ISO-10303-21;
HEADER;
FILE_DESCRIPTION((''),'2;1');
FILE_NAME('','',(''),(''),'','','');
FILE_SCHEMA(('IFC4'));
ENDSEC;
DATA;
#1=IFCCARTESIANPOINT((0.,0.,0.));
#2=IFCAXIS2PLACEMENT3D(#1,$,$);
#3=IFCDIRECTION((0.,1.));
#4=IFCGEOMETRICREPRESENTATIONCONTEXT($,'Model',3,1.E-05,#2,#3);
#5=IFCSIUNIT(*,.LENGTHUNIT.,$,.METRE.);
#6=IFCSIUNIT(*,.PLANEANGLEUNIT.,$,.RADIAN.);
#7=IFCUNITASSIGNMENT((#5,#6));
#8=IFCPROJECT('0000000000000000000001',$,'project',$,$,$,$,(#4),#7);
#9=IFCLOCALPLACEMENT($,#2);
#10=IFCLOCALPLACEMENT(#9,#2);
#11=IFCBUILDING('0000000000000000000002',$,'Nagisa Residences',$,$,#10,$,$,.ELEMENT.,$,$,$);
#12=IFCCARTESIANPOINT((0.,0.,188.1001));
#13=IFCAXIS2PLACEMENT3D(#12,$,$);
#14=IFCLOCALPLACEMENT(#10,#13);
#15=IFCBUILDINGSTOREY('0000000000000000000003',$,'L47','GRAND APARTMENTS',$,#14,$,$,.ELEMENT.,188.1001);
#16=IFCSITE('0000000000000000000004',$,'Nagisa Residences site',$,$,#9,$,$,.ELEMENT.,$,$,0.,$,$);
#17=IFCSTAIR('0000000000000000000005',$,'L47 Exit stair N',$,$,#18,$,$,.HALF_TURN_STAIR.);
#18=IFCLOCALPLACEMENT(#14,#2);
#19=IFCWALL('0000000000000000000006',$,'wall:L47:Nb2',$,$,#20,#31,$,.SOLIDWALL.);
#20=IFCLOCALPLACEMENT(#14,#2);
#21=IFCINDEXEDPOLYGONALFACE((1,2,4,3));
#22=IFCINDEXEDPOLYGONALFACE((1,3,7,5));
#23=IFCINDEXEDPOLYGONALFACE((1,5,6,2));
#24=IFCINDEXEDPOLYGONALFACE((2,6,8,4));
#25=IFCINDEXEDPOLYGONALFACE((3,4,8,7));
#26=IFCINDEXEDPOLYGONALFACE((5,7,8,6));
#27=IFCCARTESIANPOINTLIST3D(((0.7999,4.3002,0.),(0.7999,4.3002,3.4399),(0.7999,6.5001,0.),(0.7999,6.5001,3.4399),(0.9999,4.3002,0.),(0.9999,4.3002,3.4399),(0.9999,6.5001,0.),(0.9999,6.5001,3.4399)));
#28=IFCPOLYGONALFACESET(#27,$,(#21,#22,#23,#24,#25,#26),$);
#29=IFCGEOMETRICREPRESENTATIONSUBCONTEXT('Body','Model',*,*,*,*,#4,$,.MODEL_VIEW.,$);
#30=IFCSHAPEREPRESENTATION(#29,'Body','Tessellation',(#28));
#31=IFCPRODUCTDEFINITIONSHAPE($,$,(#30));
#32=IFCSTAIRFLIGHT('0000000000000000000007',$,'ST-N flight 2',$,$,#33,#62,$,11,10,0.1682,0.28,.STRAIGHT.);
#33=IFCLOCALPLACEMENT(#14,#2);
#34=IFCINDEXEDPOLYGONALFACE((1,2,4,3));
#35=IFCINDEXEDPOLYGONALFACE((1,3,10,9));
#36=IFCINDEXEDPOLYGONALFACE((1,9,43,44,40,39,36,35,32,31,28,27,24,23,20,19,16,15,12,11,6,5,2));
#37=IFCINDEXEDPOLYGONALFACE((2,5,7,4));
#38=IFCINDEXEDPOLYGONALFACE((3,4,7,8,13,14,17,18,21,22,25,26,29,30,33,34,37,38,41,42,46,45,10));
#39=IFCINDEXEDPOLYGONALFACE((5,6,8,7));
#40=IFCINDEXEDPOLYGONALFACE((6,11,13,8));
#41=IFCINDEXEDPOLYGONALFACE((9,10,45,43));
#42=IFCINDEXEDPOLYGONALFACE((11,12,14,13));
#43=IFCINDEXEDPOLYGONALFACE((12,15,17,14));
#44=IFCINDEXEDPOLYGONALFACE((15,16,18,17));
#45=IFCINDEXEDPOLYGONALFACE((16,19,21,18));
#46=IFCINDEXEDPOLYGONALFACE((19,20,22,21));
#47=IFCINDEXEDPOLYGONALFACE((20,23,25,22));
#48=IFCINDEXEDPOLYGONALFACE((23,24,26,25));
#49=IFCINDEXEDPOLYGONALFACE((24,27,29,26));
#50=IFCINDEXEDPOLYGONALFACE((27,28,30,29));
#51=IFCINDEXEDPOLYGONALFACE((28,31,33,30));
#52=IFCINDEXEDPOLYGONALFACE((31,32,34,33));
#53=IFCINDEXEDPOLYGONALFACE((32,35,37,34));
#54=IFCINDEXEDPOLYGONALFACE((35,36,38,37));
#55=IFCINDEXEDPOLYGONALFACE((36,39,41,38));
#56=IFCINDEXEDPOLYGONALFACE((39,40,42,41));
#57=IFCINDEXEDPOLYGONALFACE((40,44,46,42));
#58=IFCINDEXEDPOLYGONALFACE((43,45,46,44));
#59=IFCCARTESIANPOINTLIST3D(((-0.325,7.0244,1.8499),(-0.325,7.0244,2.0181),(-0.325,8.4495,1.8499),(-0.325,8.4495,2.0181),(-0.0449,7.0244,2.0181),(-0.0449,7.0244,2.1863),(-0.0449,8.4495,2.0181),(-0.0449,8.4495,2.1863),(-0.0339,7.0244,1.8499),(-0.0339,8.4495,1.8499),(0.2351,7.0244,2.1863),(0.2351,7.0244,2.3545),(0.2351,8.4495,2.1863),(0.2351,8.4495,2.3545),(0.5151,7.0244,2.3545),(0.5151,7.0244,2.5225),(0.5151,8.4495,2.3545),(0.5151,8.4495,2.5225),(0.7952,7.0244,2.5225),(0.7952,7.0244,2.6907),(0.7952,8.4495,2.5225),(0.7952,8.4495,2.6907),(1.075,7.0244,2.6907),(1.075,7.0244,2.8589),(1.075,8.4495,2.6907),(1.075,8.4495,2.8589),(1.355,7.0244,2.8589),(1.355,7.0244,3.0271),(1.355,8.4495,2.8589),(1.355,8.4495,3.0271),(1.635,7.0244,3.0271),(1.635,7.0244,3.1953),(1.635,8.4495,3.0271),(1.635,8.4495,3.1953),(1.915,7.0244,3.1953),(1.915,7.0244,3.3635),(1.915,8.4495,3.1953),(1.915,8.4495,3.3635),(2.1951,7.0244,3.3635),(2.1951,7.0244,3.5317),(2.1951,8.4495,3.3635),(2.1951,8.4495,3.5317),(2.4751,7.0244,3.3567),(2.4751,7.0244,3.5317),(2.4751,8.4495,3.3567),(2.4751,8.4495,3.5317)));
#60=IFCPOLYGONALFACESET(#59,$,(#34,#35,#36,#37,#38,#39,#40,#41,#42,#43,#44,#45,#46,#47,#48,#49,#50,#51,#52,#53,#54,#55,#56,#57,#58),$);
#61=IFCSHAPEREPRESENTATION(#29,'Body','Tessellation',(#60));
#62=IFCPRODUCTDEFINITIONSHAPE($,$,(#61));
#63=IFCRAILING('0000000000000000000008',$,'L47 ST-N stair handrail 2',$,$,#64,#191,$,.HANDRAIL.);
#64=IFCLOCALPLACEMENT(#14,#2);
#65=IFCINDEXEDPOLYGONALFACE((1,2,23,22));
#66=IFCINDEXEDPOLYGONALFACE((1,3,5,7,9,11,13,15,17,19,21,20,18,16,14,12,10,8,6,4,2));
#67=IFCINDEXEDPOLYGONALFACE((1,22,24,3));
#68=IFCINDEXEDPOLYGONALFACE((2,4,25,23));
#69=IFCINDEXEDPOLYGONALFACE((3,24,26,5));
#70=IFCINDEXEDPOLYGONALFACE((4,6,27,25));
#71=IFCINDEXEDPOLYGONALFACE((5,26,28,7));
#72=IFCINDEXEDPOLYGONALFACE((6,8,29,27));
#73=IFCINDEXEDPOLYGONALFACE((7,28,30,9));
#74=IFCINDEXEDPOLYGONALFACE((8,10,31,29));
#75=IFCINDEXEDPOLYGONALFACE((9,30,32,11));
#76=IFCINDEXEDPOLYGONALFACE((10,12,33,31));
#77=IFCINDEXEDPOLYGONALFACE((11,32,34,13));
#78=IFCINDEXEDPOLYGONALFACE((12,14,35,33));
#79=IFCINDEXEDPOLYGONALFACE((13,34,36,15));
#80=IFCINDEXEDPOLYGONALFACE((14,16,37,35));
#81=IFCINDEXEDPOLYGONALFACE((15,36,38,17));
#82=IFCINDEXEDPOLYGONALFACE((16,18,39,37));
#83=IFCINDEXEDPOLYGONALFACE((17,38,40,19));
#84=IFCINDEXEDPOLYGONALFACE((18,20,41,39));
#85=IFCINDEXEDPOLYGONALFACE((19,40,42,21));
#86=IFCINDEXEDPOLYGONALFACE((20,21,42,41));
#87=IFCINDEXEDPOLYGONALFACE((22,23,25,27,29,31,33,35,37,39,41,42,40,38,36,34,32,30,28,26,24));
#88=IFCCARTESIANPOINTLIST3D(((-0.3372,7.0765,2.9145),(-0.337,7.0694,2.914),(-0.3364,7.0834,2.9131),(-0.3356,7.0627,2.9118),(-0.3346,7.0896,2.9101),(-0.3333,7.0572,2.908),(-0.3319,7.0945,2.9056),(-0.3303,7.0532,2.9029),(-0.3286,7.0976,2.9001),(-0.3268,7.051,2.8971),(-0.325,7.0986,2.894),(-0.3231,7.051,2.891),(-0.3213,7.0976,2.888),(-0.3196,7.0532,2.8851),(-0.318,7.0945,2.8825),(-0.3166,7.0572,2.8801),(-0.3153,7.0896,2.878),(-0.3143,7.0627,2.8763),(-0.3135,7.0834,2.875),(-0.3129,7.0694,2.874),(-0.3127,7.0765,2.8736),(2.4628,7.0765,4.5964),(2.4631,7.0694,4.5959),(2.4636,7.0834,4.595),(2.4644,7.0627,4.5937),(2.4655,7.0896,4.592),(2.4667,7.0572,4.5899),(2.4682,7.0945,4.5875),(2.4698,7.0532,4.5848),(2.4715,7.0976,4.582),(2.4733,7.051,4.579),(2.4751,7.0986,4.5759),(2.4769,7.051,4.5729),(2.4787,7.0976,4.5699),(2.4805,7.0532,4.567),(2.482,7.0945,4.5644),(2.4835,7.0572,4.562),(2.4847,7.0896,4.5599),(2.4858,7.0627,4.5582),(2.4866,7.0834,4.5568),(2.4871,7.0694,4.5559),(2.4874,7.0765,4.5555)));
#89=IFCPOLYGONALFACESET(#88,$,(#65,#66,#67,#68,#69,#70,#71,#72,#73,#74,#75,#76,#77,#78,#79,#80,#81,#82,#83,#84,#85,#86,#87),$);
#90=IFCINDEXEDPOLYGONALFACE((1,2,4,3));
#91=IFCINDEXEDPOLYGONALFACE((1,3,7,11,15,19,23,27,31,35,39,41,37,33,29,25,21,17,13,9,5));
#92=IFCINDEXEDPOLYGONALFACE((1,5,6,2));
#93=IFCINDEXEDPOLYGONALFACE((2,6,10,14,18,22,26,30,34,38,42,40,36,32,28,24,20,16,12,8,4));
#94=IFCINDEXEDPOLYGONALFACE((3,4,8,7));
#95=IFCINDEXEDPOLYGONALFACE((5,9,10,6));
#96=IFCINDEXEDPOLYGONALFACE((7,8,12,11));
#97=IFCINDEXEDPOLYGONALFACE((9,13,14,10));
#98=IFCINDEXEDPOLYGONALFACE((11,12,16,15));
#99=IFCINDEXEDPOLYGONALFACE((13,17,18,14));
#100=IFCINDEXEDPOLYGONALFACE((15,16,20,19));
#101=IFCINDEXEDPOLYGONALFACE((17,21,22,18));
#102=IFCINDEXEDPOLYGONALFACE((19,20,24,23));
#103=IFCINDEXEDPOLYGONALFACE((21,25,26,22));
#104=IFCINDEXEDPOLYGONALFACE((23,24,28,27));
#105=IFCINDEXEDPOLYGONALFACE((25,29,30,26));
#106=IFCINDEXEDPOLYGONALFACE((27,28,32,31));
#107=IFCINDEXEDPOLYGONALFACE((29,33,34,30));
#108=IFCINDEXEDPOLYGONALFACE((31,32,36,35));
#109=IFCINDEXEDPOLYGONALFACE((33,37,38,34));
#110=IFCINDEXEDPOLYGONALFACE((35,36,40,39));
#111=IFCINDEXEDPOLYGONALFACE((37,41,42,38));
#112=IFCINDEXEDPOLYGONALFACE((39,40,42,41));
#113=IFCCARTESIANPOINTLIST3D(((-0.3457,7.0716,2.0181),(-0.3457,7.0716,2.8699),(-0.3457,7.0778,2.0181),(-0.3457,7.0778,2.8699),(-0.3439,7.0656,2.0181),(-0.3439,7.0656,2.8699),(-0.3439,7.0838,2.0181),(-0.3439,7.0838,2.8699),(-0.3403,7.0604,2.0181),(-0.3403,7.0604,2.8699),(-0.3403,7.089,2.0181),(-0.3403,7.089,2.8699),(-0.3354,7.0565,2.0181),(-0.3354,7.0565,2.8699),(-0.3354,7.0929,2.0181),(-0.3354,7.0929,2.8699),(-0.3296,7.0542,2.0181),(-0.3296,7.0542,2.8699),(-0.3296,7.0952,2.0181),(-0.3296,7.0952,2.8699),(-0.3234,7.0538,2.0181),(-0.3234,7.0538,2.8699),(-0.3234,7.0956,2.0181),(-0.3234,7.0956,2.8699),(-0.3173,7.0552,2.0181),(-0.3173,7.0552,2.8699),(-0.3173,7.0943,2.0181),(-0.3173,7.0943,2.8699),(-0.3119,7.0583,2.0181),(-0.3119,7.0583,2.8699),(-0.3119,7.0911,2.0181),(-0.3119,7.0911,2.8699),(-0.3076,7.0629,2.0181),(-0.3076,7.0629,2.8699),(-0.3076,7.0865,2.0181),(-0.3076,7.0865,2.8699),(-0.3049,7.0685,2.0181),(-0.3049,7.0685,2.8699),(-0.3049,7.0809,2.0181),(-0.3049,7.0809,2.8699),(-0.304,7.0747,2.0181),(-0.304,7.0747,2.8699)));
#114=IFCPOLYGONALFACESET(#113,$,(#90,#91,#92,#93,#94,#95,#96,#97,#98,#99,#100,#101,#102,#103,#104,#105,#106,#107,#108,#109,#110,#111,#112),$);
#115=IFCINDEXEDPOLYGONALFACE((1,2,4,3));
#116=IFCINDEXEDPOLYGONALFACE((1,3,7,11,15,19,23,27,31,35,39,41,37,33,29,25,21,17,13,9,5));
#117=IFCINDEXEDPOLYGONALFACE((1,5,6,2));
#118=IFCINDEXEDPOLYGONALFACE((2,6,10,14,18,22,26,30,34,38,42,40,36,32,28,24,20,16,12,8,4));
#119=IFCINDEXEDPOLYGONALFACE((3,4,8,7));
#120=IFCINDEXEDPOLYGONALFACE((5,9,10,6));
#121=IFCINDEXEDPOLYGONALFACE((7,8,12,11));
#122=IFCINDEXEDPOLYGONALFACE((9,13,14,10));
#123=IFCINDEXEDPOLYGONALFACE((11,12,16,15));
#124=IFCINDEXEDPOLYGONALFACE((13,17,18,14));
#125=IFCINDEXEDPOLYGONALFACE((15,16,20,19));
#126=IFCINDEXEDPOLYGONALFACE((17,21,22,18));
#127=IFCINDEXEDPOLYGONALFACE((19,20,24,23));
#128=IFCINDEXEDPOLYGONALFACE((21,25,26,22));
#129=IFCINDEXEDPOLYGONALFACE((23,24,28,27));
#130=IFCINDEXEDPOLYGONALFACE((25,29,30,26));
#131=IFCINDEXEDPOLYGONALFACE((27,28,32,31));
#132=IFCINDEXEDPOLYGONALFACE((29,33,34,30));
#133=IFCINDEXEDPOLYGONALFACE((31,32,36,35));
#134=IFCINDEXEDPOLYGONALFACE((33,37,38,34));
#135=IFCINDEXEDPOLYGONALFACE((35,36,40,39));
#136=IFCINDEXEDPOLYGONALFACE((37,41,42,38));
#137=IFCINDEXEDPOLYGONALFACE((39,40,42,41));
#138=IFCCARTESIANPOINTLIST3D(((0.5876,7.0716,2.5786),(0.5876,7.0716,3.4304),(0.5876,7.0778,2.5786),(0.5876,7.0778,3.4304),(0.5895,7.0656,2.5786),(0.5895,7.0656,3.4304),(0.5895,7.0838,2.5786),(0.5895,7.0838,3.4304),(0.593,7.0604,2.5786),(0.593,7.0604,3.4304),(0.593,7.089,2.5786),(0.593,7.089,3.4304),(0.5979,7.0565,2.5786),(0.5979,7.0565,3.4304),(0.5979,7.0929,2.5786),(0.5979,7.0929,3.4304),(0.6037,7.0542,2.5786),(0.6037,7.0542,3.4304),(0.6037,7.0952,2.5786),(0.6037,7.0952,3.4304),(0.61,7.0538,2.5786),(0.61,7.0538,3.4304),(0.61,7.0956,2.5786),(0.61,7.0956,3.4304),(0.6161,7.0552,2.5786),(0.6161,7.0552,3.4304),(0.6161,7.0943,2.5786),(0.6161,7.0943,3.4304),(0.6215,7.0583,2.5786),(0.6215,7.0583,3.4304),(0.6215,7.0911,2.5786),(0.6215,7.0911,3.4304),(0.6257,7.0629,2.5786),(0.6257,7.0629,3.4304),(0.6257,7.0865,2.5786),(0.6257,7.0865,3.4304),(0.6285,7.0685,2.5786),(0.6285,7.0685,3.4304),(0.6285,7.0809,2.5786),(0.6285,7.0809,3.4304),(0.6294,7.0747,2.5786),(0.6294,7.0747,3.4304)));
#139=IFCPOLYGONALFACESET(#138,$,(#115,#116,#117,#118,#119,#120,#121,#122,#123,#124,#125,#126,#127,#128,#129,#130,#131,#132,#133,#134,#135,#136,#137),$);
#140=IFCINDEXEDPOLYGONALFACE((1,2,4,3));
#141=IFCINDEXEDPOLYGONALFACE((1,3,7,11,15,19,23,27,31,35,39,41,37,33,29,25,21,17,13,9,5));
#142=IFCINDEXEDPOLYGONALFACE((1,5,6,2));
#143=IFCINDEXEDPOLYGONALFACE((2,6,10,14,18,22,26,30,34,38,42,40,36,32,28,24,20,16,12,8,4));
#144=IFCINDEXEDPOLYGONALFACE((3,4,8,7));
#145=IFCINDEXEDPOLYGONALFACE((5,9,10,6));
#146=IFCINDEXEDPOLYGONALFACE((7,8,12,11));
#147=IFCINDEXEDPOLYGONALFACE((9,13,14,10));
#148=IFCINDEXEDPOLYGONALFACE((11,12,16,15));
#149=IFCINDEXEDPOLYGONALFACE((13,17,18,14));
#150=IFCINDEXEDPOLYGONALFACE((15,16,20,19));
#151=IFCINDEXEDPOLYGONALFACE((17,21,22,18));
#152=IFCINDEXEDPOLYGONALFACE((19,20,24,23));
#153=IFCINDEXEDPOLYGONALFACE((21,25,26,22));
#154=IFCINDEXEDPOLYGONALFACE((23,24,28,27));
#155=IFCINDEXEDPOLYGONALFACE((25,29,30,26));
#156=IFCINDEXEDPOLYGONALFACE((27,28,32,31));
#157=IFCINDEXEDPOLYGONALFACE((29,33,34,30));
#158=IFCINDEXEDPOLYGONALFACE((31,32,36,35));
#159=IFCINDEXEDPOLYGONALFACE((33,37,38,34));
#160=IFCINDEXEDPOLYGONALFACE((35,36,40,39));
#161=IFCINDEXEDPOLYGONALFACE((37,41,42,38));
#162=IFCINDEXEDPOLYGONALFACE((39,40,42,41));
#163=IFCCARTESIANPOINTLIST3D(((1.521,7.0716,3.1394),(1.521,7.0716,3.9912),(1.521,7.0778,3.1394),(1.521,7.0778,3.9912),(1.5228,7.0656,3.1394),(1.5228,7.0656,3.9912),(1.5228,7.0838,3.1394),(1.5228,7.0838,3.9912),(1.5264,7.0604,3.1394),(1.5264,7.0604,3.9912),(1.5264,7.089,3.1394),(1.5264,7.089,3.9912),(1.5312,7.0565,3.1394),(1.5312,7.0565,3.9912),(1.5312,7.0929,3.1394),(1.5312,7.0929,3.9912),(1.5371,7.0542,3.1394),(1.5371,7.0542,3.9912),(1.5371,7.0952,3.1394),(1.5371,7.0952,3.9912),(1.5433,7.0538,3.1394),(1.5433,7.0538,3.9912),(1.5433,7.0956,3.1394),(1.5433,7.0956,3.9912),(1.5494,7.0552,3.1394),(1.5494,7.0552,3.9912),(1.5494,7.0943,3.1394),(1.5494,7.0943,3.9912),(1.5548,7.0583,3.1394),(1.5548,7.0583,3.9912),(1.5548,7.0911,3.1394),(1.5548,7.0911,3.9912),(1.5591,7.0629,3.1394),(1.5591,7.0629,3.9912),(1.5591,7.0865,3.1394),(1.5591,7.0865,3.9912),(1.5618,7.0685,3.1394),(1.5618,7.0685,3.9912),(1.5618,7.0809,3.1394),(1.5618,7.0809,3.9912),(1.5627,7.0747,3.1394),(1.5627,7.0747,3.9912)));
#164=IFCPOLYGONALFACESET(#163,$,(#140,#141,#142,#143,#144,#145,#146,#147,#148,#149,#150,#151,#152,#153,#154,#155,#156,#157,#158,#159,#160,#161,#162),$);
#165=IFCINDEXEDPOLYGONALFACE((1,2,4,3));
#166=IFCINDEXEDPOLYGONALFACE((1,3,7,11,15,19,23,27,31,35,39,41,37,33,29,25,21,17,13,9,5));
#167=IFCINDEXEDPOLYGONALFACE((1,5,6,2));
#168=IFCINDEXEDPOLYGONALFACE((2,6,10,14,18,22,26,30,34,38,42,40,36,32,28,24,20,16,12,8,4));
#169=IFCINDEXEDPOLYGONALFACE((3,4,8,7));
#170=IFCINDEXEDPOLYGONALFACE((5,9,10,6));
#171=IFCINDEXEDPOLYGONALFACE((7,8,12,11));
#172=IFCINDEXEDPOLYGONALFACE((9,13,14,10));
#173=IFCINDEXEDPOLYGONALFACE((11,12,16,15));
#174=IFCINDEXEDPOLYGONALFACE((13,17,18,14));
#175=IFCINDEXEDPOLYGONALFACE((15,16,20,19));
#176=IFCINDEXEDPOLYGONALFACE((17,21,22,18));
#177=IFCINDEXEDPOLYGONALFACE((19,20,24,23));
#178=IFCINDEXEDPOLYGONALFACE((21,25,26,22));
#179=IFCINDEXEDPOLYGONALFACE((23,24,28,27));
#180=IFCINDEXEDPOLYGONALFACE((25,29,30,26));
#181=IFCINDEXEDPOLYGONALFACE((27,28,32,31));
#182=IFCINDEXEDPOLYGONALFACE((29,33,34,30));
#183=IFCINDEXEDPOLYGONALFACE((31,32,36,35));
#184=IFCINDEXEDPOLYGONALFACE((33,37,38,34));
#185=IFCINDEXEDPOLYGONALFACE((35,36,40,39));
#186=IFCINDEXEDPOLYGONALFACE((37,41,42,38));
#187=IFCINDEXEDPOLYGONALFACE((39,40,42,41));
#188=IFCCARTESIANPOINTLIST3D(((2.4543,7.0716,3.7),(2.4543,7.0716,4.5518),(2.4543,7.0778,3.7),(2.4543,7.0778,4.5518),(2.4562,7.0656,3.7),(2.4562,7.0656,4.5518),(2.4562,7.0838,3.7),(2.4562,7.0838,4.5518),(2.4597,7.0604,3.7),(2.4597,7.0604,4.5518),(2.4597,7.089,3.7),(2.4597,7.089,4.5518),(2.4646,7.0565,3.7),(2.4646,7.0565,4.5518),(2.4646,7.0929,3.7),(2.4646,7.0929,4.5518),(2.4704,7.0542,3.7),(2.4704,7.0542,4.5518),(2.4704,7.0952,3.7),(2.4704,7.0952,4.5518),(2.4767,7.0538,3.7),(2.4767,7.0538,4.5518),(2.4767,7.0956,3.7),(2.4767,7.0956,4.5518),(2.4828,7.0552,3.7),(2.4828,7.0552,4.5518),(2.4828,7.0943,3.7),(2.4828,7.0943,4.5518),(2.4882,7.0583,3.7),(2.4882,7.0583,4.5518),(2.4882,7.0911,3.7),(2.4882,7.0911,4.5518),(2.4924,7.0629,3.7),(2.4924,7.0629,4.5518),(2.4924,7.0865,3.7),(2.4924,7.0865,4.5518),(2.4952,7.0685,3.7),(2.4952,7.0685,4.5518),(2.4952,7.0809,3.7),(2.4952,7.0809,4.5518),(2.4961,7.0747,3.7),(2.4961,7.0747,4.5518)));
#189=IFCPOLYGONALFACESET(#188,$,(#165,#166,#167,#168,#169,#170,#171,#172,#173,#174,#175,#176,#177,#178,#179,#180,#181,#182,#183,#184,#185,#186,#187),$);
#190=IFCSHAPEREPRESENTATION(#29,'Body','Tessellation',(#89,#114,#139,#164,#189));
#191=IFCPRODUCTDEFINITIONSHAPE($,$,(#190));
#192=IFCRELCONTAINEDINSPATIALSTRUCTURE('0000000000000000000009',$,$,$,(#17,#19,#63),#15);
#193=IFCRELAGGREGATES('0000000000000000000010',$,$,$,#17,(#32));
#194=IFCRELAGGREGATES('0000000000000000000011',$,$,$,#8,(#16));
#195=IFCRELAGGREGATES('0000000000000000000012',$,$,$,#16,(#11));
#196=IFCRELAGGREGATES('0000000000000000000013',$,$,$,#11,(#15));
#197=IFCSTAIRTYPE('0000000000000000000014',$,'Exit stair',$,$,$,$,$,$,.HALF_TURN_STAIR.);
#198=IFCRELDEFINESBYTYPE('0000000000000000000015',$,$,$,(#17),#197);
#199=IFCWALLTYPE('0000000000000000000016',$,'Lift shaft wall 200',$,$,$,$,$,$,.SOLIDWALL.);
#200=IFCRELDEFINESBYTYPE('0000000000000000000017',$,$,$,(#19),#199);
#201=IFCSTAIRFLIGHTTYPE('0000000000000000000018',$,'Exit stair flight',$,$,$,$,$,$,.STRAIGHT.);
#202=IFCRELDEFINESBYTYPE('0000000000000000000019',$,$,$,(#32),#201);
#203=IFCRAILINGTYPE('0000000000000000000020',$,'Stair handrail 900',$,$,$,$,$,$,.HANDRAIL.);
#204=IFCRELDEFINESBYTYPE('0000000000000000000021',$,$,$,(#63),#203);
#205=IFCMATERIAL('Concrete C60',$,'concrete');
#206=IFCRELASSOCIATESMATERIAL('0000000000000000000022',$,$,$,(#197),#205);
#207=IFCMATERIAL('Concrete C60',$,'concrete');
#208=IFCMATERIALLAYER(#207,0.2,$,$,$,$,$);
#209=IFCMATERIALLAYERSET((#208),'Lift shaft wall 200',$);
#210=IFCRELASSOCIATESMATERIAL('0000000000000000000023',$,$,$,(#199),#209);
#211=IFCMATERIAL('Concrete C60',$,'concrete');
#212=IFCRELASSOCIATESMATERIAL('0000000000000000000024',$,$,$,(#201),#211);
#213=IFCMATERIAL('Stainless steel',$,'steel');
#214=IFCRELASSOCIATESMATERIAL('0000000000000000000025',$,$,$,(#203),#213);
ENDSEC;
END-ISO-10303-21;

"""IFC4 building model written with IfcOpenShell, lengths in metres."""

from ifc_helpers import new_model, si_unit, direction, frame, frame_2d, origin, origin_2d, place, context, subcontext, project, spatial, polyline, rectangle, circle, outline, extrude, material, layer, layer_set, type_object, element, aggregate, save


model = new_model("IFC4")

# Units and contexts
model_context = context("Model", 3, precision=1e-05, world=origin(), true_north=direction((0.0, 1.0)))
body_context = subcontext(model_context, "Body", "Model", "MODEL_VIEW")
ifc_project = project(units=[si_unit("LENGTHUNIT", "METRE"), si_unit("PLANEANGLEUNIT", "RADIAN")], contexts=[model_context])

# Site, building, storey
site_placement = place(None, origin())
site = spatial("IfcSite", under=ifc_project, at=site_placement, Name="Nagisa Residences site", CompositionType="ELEMENT", RefElevation=0.0)
building_placement = place(site_placement, origin())
building = spatial("IfcBuilding", under=site, at=building_placement, Name="Nagisa Residences", CompositionType="ELEMENT")
storey_placement = place(building_placement, frame((0.0, 0.0, 188.1001)))
storey = spatial("IfcBuildingStorey", under=building, at=storey_placement, Name="L47", Description="GRAND APARTMENTS", CompositionType="ELEMENT", Elevation=188.1001)

# Stair
ifc_material_1 = material(Name="Concrete C60", Category="concrete")
stair_type = type_object("IfcStairType", Name="Exit stair", PredefinedType="HALF_TURN_STAIR", material=ifc_material_1)
stair_1_placement = place(storey_placement, origin())
stair_1 = element("IfcStair", 1, at=stair_1_placement, inside=storey, type_object=stair_type, Name="L47 Exit stair N", PredefinedType="HALF_TURN_STAIR")

# Shared definitions
ifc_material_2 = material(Name="Concrete C60", Category="concrete")
ifc_layer_1 = layer(ifc_material_2, 0.2)
ifc_layer_set_1 = layer_set([ifc_layer_1], Name="Lift shaft wall 200")
wall_type_1 = type_object("IfcWallType", Name="Lift shaft wall 200", PredefinedType="SOLIDWALL", material=ifc_layer_set_1)

# Wall
for number, where, z_axis, x_axis, name in (
    (2, (0.8999, 4.3, 0.0), (0.0, 0.0, 1.0), (0.0, 1.0, 0.0), "wall:L47:Nb2"),
):
    element("IfcWall", number, at=place(storey_placement, frame(where, z_axis=z_axis, x_axis=x_axis)), inside=storey, type_object=wall_type_1, Name=name, PredefinedType="SOLIDWALL", context=body_context, shape_type="SweptSolid", body=[
        extrude(rectangle(XDim=2.2, YDim=0.2, at=frame_2d((1.1001, 0.0))), origin(), (0.0, 0.0, 1.0), 3.4399),
    ])

# Stair flight
ifc_material_3 = material(Name="Concrete C60", Category="concrete")
stair_flight_type = type_object("IfcStairFlightType", Name="Exit stair flight", PredefinedType="STRAIGHT", material=ifc_material_3)
stair_flight_placement = place(storey_placement, frame((-0.325, 7.7371, 1.8499), z_axis=(0.0, 0.0, 1.0), x_axis=(1.0, 0.0, 0.0)))
stair_flight = element("IfcStairFlight", 3, at=stair_flight_placement, type_object=stair_flight_type, Name="ST-N flight 2", NumberOfRisers=11, NumberOfTreads=10, PredefinedType="STRAIGHT", RiserHeight=0.1682, TreadLength=0.28, context=body_context, shape_type="SweptSolid", body=[
    extrude(outline(polyline([(0.0, 0.0), (0.0, 0.1682), (0.28, 0.1682), (0.28, 0.3364), (0.5601, 0.3364), (0.5601, 0.5046), (0.8401, 0.5046), (0.8401, 0.6726), (1.1201, 0.6726), (1.1201, 0.8408), (1.3999, 0.8408), (1.3999, 1.009), (1.6799, 1.009), (1.6799, 1.1772), (1.96, 1.1772), (1.96, 1.3455), (2.24, 1.3455), (2.24, 1.5137), (2.52, 1.5137), (2.52, 1.6819), (2.8, 1.6819), (2.8, 1.8501), (2.8, 1.5068), (0.291, 0.0), (0.0, 0.0)])), frame((0.0, 0.7124, 0.0), z_axis=(0.0, -1.0, 0.0), x_axis=(1.0, 0.0, 0.0)), (0.0, 0.0, 1.0), 1.425),
])
aggregate(stair_1, [stair_flight])

# Railing
ifc_material_4 = material(Name="Stainless steel", Category="steel")
railing_type = type_object("IfcRailingType", Name="Stair handrail 900", PredefinedType="HANDRAIL", material=ifc_material_4)
railing_placement = place(storey_placement, frame((-0.325, 7.0747, 2.0181)))
element("IfcRailing", 4, at=railing_placement, inside=storey, type_object=railing_type, Name="L47 ST-N stair handrail 2", PredefinedType="HANDRAIL", context=body_context, shape_type="SweptSolid", body=[
    extrude(circle(Radius=0.0239, at=origin_2d()), frame((0.0, 0.0, 0.876), z_axis=(0.857242, 0.0, 0.514913), x_axis=(0.0, 1.0, 0.0)), (0.0, 0.0, 1.0), 3.2664),
    extrude(circle(Radius=0.021, at=origin_2d()), origin(), (0.0, 0.0, 1.0), 0.8518),
    extrude(circle(Radius=0.021, at=origin_2d()), frame((0.9333, 0.0, 0.5605)), (0.0, 0.0, 1.0), 0.8518),
    extrude(circle(Radius=0.021, at=origin_2d()), frame((1.8667, 0.0, 1.1213)), (0.0, 0.0, 1.0), 0.8518),
    extrude(circle(Radius=0.021, at=origin_2d()), frame((2.8, 0.0, 1.6819)), (0.0, 0.0, 1.0), 0.8518),
])

save(model, "model.ifc")
